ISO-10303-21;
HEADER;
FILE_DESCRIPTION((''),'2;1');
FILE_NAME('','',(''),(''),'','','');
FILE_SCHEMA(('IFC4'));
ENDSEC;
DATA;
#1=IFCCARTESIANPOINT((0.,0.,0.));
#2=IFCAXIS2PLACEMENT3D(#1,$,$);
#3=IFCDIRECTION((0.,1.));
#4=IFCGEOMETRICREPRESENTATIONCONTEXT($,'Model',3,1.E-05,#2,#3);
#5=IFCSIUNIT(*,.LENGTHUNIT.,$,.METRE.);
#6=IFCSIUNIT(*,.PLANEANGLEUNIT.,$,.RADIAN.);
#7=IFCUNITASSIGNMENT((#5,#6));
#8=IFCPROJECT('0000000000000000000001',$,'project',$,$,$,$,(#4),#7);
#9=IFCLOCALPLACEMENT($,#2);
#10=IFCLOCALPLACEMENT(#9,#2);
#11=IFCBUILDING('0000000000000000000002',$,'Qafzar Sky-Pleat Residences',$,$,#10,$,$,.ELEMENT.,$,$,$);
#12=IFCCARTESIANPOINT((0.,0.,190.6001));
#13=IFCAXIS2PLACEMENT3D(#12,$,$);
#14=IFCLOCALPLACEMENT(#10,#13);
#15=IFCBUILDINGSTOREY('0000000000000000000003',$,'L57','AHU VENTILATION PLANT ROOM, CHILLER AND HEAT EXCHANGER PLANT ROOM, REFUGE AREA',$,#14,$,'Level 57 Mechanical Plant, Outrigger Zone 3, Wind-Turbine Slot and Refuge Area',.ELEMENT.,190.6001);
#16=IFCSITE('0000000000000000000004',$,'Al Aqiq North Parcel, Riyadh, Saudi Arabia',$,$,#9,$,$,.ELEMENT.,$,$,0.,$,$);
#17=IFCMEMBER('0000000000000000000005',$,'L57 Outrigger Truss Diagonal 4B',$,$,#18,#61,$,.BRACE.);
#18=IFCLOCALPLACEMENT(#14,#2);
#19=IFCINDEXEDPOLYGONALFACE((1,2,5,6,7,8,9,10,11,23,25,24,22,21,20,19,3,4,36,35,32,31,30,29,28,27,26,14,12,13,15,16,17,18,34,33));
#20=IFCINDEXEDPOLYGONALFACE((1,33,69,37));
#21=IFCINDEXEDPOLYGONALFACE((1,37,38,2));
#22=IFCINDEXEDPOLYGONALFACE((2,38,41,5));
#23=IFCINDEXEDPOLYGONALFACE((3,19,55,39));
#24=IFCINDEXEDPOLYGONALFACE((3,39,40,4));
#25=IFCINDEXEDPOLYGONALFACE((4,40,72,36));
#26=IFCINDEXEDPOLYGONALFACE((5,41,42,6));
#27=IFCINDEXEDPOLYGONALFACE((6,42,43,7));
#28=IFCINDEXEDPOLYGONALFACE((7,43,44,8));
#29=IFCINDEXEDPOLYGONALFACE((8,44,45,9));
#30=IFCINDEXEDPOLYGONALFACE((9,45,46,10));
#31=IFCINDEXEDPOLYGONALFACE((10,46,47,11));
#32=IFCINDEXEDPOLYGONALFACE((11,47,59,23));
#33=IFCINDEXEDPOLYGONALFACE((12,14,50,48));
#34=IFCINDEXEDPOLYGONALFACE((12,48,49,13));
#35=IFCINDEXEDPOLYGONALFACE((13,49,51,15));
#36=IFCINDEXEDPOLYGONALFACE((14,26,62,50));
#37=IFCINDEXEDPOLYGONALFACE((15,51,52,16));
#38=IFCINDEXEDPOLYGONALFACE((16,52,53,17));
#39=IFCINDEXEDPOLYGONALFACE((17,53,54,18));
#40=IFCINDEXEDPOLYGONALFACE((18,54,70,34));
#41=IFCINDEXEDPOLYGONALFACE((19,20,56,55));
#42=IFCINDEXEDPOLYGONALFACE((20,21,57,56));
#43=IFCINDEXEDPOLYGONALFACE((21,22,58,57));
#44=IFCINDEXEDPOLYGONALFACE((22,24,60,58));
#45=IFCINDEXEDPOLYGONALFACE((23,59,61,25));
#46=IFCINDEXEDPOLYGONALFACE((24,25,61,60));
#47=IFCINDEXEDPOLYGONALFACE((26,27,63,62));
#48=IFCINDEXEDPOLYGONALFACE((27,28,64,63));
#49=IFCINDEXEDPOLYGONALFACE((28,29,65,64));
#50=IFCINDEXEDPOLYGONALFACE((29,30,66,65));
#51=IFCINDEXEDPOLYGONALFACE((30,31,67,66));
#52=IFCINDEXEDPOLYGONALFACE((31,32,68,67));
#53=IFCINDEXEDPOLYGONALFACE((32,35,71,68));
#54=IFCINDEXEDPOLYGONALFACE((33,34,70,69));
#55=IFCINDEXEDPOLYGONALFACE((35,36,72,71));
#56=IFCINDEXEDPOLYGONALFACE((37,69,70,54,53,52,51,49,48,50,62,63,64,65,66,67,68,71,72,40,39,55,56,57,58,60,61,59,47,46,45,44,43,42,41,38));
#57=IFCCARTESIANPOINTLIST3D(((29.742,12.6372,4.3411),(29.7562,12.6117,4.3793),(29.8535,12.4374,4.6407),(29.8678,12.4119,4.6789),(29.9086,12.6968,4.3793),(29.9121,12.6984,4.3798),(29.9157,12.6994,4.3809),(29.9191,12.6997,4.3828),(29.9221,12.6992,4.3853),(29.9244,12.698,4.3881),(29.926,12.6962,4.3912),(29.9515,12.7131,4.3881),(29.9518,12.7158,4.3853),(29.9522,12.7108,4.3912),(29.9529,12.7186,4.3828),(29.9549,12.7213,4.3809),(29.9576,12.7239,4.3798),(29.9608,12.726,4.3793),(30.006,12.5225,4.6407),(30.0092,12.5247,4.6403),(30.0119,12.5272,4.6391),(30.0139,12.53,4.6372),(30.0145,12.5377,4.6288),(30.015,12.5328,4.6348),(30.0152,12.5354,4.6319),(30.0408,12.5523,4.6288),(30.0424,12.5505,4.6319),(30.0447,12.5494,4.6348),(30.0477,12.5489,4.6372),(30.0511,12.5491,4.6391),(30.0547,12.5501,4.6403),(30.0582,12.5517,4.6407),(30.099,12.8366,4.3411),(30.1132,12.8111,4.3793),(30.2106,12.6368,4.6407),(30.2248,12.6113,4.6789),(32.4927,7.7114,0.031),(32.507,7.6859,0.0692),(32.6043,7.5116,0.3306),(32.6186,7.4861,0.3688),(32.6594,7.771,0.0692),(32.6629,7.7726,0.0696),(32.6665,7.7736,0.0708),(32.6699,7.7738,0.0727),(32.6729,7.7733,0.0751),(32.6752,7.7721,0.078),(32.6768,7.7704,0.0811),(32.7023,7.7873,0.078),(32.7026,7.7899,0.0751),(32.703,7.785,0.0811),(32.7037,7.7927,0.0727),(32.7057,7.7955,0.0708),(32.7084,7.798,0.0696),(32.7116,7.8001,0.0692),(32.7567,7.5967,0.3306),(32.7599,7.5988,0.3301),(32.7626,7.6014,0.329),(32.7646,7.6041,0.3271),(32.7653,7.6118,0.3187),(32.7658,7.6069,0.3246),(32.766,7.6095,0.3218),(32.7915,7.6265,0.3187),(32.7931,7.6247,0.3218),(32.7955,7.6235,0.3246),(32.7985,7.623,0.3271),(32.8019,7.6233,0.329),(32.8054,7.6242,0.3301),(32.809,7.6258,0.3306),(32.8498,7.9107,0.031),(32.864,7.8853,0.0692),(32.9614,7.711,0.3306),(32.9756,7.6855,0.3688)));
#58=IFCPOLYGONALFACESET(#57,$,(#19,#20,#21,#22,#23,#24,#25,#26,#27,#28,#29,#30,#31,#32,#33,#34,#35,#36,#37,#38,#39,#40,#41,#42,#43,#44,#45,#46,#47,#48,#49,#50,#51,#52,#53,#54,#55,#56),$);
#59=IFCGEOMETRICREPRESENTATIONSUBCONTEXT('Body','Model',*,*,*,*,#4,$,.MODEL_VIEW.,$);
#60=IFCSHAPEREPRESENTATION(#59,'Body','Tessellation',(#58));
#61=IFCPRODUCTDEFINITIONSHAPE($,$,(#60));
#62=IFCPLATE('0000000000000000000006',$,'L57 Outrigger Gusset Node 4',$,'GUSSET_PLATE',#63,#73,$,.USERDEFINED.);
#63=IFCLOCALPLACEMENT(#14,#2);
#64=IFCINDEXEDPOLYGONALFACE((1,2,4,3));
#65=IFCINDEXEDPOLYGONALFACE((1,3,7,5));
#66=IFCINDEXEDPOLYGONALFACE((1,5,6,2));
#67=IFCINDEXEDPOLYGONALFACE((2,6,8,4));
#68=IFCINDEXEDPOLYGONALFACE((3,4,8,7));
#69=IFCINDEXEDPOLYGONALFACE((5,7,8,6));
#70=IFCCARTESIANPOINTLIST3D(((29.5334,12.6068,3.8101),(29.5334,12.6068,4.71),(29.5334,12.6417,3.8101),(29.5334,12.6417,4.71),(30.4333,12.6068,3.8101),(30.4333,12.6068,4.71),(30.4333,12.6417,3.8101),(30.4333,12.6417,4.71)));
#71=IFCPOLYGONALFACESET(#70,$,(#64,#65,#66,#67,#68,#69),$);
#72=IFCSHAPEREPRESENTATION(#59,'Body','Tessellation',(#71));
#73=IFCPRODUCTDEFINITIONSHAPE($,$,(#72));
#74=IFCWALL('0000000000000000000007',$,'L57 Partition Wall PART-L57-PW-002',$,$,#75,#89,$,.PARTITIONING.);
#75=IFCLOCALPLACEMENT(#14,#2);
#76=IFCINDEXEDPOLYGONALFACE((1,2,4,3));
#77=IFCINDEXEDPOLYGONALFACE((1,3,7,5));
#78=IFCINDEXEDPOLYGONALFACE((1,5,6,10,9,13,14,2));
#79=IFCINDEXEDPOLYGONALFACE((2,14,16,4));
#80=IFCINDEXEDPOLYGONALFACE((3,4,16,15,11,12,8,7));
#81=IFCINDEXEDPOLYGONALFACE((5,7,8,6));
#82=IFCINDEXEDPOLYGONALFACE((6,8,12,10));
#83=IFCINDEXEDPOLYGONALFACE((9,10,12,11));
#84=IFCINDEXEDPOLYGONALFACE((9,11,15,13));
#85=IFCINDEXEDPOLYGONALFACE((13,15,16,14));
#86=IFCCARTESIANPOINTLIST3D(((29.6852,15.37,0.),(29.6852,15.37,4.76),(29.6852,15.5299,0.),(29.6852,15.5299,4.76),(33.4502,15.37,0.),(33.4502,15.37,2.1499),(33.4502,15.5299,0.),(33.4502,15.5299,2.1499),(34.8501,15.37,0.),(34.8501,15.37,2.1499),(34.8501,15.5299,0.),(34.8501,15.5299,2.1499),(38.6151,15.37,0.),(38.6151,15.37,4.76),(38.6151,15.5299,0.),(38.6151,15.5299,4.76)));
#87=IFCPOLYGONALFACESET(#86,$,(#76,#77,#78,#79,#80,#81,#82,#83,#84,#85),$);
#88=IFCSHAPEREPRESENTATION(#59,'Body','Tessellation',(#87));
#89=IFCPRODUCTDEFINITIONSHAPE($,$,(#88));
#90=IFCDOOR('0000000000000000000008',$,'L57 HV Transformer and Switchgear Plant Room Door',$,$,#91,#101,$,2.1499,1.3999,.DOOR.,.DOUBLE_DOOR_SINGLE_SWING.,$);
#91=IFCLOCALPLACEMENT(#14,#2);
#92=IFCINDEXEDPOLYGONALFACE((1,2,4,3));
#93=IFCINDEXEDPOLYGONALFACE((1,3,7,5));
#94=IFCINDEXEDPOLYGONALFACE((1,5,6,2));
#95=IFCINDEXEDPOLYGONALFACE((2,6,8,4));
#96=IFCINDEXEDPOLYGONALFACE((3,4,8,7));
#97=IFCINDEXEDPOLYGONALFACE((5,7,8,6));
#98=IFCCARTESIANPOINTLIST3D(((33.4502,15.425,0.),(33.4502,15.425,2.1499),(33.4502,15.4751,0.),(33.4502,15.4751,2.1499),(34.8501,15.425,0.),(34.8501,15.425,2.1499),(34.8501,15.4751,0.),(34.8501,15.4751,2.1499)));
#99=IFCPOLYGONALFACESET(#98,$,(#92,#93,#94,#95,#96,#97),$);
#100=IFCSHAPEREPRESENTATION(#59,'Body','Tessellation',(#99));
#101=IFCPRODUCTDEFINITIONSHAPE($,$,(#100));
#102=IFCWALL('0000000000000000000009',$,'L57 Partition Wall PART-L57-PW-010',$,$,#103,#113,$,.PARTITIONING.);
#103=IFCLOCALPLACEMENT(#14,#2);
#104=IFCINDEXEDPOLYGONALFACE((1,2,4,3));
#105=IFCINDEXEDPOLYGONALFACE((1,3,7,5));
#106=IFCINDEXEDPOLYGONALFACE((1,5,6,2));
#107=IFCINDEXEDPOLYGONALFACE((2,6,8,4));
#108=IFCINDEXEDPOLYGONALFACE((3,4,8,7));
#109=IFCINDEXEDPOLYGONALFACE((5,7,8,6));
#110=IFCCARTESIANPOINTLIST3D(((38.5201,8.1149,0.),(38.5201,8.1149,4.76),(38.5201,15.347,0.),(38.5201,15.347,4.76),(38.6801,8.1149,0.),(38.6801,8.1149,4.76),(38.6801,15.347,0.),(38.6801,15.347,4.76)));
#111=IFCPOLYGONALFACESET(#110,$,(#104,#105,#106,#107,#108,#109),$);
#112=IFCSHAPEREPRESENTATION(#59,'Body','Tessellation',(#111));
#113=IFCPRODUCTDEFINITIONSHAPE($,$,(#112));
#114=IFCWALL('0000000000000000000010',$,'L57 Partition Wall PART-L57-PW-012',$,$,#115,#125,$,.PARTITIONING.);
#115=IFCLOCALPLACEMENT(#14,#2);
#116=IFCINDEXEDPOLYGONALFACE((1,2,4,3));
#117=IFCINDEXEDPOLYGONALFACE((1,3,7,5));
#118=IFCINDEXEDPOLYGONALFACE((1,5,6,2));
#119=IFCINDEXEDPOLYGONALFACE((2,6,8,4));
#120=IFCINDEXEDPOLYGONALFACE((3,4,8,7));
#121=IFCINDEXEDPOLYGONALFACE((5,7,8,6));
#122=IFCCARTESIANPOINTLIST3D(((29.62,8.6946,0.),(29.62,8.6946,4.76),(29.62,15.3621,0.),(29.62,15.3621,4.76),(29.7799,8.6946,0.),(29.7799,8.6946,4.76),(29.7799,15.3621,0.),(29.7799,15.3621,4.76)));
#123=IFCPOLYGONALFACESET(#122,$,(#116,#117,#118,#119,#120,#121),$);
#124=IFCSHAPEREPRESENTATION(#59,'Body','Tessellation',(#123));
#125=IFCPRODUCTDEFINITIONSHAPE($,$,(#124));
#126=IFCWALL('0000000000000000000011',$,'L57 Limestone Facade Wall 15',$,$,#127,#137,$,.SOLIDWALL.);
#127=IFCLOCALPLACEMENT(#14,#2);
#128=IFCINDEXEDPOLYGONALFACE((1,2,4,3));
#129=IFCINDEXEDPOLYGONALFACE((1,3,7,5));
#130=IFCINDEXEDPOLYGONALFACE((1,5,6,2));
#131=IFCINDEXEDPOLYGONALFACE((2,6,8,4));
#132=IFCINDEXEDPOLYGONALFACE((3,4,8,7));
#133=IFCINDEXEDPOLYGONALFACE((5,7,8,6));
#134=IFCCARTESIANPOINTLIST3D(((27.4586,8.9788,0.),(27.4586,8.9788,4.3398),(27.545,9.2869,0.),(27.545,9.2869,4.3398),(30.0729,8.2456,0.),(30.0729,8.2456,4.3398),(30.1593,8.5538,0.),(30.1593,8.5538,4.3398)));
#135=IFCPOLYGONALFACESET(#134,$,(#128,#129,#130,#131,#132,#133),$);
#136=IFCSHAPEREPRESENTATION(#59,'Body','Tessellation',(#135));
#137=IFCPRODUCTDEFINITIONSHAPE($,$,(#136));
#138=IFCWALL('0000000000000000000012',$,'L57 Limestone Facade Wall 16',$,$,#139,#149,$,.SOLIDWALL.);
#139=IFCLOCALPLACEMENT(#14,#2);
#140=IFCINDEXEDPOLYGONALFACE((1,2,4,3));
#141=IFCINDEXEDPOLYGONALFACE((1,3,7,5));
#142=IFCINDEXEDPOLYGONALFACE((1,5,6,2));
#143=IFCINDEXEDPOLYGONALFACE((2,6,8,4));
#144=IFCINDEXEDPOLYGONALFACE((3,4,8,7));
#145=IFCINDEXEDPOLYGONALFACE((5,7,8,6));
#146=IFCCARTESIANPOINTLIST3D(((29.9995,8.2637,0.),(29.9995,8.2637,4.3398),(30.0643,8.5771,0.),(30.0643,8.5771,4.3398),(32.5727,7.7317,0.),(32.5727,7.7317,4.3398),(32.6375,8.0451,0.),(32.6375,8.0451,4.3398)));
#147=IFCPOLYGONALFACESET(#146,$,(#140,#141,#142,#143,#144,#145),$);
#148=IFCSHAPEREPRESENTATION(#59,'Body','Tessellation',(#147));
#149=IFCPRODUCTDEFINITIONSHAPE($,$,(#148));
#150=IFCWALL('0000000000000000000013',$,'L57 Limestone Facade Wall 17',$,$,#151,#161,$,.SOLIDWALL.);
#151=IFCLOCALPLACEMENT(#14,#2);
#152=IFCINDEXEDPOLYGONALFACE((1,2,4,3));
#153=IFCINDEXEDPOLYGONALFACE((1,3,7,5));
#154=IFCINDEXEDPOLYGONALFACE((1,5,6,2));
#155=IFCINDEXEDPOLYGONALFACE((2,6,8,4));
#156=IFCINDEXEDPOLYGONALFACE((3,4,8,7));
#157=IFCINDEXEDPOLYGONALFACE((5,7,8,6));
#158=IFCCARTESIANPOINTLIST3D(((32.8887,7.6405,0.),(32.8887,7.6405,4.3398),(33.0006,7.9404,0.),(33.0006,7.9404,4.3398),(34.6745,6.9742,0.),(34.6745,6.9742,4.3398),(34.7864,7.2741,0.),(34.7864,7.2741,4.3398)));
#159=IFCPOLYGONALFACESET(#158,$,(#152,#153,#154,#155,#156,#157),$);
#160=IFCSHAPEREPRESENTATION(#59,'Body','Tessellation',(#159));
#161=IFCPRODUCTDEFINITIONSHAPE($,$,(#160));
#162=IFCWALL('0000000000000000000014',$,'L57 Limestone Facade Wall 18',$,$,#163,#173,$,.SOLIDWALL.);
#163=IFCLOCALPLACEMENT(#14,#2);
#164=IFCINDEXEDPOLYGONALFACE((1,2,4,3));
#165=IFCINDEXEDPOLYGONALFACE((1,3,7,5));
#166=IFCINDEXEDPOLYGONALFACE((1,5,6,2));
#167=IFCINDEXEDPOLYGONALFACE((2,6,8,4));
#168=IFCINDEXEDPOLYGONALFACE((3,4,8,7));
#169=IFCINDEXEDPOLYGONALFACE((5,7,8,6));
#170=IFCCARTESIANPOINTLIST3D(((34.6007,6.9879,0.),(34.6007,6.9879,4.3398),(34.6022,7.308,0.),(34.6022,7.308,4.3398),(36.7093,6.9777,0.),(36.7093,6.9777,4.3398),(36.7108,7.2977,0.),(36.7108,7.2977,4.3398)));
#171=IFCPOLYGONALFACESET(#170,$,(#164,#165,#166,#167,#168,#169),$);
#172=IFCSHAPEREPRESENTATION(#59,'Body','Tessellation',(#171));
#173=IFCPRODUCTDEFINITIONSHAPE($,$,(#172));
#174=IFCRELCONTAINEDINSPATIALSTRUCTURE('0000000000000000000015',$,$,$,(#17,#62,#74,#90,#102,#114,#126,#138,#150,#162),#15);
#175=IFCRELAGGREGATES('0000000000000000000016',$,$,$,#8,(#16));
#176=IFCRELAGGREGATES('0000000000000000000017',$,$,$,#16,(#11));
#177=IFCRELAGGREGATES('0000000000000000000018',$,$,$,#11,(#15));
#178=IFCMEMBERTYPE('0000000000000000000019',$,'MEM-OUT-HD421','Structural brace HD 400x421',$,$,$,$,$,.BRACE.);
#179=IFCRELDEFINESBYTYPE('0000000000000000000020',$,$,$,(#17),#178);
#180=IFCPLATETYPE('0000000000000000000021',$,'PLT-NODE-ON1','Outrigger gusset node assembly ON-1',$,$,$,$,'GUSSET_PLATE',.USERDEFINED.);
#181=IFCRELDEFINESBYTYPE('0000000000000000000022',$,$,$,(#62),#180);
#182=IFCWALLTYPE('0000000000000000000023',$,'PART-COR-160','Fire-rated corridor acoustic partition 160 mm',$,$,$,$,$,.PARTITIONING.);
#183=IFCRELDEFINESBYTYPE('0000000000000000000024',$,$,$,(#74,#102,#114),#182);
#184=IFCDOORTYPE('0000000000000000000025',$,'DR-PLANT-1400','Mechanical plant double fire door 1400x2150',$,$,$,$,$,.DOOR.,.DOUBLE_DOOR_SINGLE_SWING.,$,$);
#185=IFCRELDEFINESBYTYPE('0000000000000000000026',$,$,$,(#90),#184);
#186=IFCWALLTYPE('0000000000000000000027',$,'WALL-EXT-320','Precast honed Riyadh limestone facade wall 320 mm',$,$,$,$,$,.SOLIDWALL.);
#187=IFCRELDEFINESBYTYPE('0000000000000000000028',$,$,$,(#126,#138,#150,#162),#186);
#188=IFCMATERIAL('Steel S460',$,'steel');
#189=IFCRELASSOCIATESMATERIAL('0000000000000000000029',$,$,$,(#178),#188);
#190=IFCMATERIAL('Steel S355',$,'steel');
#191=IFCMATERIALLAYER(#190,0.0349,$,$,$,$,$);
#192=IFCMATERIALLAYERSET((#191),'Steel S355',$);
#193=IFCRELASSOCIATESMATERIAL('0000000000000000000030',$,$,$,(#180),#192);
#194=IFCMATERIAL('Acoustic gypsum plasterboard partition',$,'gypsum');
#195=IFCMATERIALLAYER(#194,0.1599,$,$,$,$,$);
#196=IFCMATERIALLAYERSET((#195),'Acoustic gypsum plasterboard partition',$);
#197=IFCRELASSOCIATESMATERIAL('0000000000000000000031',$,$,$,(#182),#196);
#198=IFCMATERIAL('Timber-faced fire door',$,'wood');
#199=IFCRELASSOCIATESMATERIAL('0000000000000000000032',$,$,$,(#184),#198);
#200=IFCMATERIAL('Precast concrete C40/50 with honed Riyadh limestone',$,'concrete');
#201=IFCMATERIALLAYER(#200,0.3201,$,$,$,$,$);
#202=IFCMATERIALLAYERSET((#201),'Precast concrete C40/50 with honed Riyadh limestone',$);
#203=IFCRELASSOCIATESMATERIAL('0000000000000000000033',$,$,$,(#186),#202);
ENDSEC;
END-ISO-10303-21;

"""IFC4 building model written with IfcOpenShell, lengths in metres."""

from ifc_helpers import new_model, si_unit, direction, frame, frame_2d, origin, origin_2d, place, context, subcontext, project, spatial, rectangle, i_section, extrude, source, transform, mapped, material, layer, layer_set, material_profile, profile_set, type_object, element, fill, save


model = new_model("IFC4")

# Units and contexts
model_context = context("Model", 3, precision=1e-05, world=origin(), true_north=direction((0.0, 1.0)))
body_context = subcontext(model_context, "Body", "Model", "MODEL_VIEW")
ifc_project = project(units=[si_unit("LENGTHUNIT", "METRE"), si_unit("PLANEANGLEUNIT", "RADIAN")], contexts=[model_context])

# Site, building, storey
site_placement = place(None, origin())
site = spatial("IfcSite", under=ifc_project, at=site_placement, Name="Al Aqiq North Parcel, Riyadh, Saudi Arabia", CompositionType="ELEMENT", RefElevation=0.0)
building_placement = place(site_placement, origin())
building = spatial("IfcBuilding", under=site, at=building_placement, Name="Qafzar Sky-Pleat Residences", CompositionType="ELEMENT")
storey_placement = place(building_placement, frame((0.0, 0.0, 190.6001)))
storey = spatial("IfcBuildingStorey", under=building, at=storey_placement, Name="L57", Description="AHU VENTILATION PLANT ROOM, CHILLER AND HEAT EXCHANGER PLANT ROOM, REFUGE AREA", LongName="Level 57 Mechanical Plant, Outrigger Zone 3, Wind-Turbine Slot and Refuge Area", CompositionType="ELEMENT", Elevation=190.6001)

# Shared definitions
ifc_material_1 = material(Name="Steel S355", Category="steel")

# Shared definitions
ifc_material_2 = material(Name="Steel S460", Category="steel")

# Member
ifc_material_profile_1 = material_profile(ifc_material_2, i_section(OverallWidth=0.4089, OverallDepth=0.425, WebThickness=0.03, FlangeThickness=0.0481, FilletRadius=0.0149, at=origin_2d()), Name="HD 400x421")
ifc_profile_set_1 = profile_set([ifc_material_profile_1], Name="Steel S460")
member_type_1 = type_object("IfcMemberType", Name="MEM-OUT-HD421", Description="Structural brace HD 400x421", PredefinedType="BRACE", material=ifc_profile_set_1)
shared_shape_1 = source(origin(), body_context, "Body", "SweptSolid", [
    extrude(i_section(OverallWidth=0.4089, OverallDepth=0.425, WebThickness=0.03, FlangeThickness=0.0481, FilletRadius=0.0149, at=origin_2d()), origin(), (0.0, 0.0, 1.0), 7.0999),
])
member_placement = place(storey_placement, frame((29.9834, 12.6243, 4.51), z_axis=(0.387441, -0.693796, -0.607072), x_axis=(0.873088, 0.487563, 0.0)))
element("IfcMember", 1, at=member_placement, inside=storey, type_object=member_type_1, Name="L57 Outrigger Truss Diagonal 4B", PredefinedType="BRACE", context=body_context, shape_type="MappedRepresentation", body=[
    mapped(shared_shape_1, transform((0.0, 0.0, 0.0), x_axis=(1.0, 0.0, 0.0), y_axis=(0.0, 1.0, 0.0), z_axis=(0.0, 0.0, 1.0), scale=1.0)),
])

# Plate
ifc_layer_1 = layer(ifc_material_1, 0.0349)
ifc_layer_set_1 = layer_set([ifc_layer_1], Name="Steel S355")
plate_type = type_object("IfcPlateType", Name="PLT-NODE-ON1", Description="Outrigger gusset node assembly ON-1", ElementType="GUSSET_PLATE", PredefinedType="USERDEFINED", material=ifc_layer_set_1)
shared_shape_2 = source(origin(), body_context, "Body", "SweptSolid", [
    extrude(rectangle(XDim=0.8999, YDim=0.0349, at=origin_2d()), origin(), (0.0, 0.0, 1.0), 0.8999),
])
plate_placement = place(storey_placement, frame((29.9834, 12.6243, 3.8101), z_axis=(0.0, 0.0, 1.0), x_axis=(1.0, 0.0, 0.0)))
element("IfcPlate", 2, at=plate_placement, inside=storey, type_object=plate_type, Name="L57 Outrigger Gusset Node 4", ObjectType="GUSSET_PLATE", PredefinedType="USERDEFINED", context=body_context, shape_type="MappedRepresentation", body=[
    mapped(shared_shape_2, transform((0.0, 0.0, 0.0), x_axis=(1.0, 0.0, 0.0), y_axis=(0.0, 1.0, 0.0), z_axis=(0.0, 0.0, 1.0), scale=1.0)),
])

# Wall, opening, door
ifc_material_3 = material(Name="Acoustic gypsum plasterboard partition", Category="gypsum")
ifc_layer_2 = layer(ifc_material_3, 0.1599)
ifc_layer_set_2 = layer_set([ifc_layer_2], Name="Acoustic gypsum plasterboard partition")
wall_type_1 = type_object("IfcWallType", Name="PART-COR-160", Description="Fire-rated corridor acoustic partition 160 mm", PredefinedType="PARTITIONING", material=ifc_layer_set_2)
wall_1_placement = place(storey_placement, frame((38.615, 15.45, 0.0), z_axis=(0.0, 0.0, 1.0), x_axis=(-1.0, 0.0, 0.0)))
wall_1 = element("IfcWall", 3, at=wall_1_placement, inside=storey, type_object=wall_type_1, Name="L57 Partition Wall PART-L57-PW-002", PredefinedType="PARTITIONING", context=body_context, shape_type="SweptSolid", body=[
    extrude(rectangle(XDim=8.9299, YDim=0.1599, at=frame_2d((4.4648, 0.0))), origin(), (0.0, 0.0, 1.0), 4.76),
])
opening_placement = place(wall_1_placement, frame((3.7649, 0.0, 0.0)))
opening = element("IfcOpeningElement", 4, at=opening_placement, cuts=wall_1, PredefinedType="OPENING", context=body_context, shape_type="SweptSolid", body=[
    extrude(rectangle(XDim=1.3999, YDim=2.1499, at=frame_2d((0.7, 1.075))), frame((0.0, 0.0898, 0.0), z_axis=(0.0, -1.0, 0.0), x_axis=(1.0, 0.0, 0.0)), (0.0, 0.0, 1.0), 0.1799),
])
ifc_material_4 = material(Name="Timber-faced fire door", Category="wood")
door_type = type_object("IfcDoorType", Name="DR-PLANT-1400", Description="Mechanical plant double fire door 1400x2150", OperationType="DOUBLE_DOOR_SINGLE_SWING", PredefinedType="DOOR", material=ifc_material_4)
shared_shape_3 = source(origin(), body_context, "Body", "SweptSolid", [
    extrude(rectangle(XDim=1.3999, YDim=2.1499, at=frame_2d((0.7, 1.075))), frame((0.0, 0.0249, 0.0), z_axis=(0.0, -1.0, 0.0), x_axis=(1.0, 0.0, 0.0)), (0.0, 0.0, 1.0), 0.05),
])
door_placement = place(opening_placement, origin())
door = element("IfcDoor", 5, at=door_placement, inside=storey, type_object=door_type, Name="L57 HV Transformer and Switchgear Plant Room Door", OperationType="DOUBLE_DOOR_SINGLE_SWING", OverallHeight=2.1499, OverallWidth=1.3999, PredefinedType="DOOR", context=body_context, shape_type="MappedRepresentation", body=[
    mapped(shared_shape_3, transform((0.0, 0.0, 0.0), x_axis=(1.0, 0.0, 0.0), y_axis=(0.0, 1.0, 0.0), z_axis=(0.0, 0.0, 1.0), scale=1.0)),
])
fill(opening, door)

# Walls
wall_2_placement = place(storey_placement, frame((38.6001, 8.1147, 0.0), z_axis=(0.0, 0.0, 1.0), x_axis=(0.0, 1.0, 0.0)))
element("IfcWall", 6, at=wall_2_placement, inside=storey, type_object=wall_type_1, Name="L57 Partition Wall PART-L57-PW-010", PredefinedType="PARTITIONING", context=body_context, shape_type="SweptSolid", body=[
    extrude(rectangle(XDim=7.2322, YDim=0.1599, at=frame_2d((3.6162, 0.0))), origin(), (0.0, 0.0, 1.0), 4.76),
])
wall_3_placement = place(storey_placement, frame((29.7, 8.6946, 0.0), z_axis=(0.0, 0.0, 1.0), x_axis=(0.0, 1.0, 0.0)))
element("IfcWall", 7, at=wall_3_placement, inside=storey, type_object=wall_type_1, Name="L57 Partition Wall PART-L57-PW-012", PredefinedType="PARTITIONING", context=body_context, shape_type="SweptSolid", body=[
    extrude(rectangle(XDim=6.6675, YDim=0.1599, at=frame_2d((3.3337, 0.0))), origin(), (0.0, 0.0, 1.0), 4.76),
])
ifc_material_5 = material(Name="Precast concrete C40/50 with honed Riyadh limestone", Category="concrete")
ifc_layer_3 = layer(ifc_material_5, 0.3201)
ifc_layer_set_3 = layer_set([ifc_layer_3], Name="Precast concrete C40/50 with honed Riyadh limestone")
wall_type_2 = type_object("IfcWallType", Name="WALL-EXT-320", Description="Precast honed Riyadh limestone facade wall 320 mm", PredefinedType="SOLIDWALL", material=ifc_layer_set_3)
wall_4_placement = place(storey_placement, frame((27.502, 9.1328, 0.0), z_axis=(0.0, 0.0, 1.0), x_axis=(0.962853, -0.270027, 0.0)))
element("IfcWall", 8, at=wall_4_placement, inside=storey, type_object=wall_type_2, Name="L57 Limestone Facade Wall 15", PredefinedType="SOLIDWALL", context=body_context, shape_type="SweptSolid", body=[
    extrude(rectangle(XDim=2.7151, YDim=0.3201, at=frame_2d((1.3574, 0.0))), origin(), (0.0, 0.0, 1.0), 4.3398),
])
wall_5_placement = place(storey_placement, frame((30.0317, 8.4204, 0.0), z_axis=(0.0, 0.0, 1.0), x_axis=(0.979292, -0.202455, 0.0)))
element("IfcWall", 9, at=wall_5_placement, inside=storey, type_object=wall_type_2, Name="L57 Limestone Facade Wall 16", PredefinedType="SOLIDWALL", context=body_context, shape_type="SweptSolid", body=[
    extrude(rectangle(XDim=2.6277, YDim=0.3201, at=frame_2d((1.314, 0.0))), origin(), (0.0, 0.0, 1.0), 4.3398),
])
wall_6_placement = place(storey_placement, frame((32.9446, 7.7905, 0.0), z_axis=(0.0, 0.0, 1.0), x_axis=(0.936907, -0.349579, 0.0)))
element("IfcWall", 10, at=wall_6_placement, inside=storey, type_object=wall_type_2, Name="L57 Limestone Facade Wall 17", PredefinedType="SOLIDWALL", context=body_context, shape_type="SweptSolid", body=[
    extrude(rectangle(XDim=1.906, YDim=0.3201, at=frame_2d((0.9531, 0.0))), origin(), (0.0, 0.0, 1.0), 4.3398),
])
for number, where, z_axis, x_axis, name in (
    (11, (34.6016, 7.1479, 0.0), (0.0, 0.0, 1.0), (0.999988, -0.004863, 0.0), "L57 Limestone Facade Wall 18"),
):
    element("IfcWall", number, at=place(storey_placement, frame(where, z_axis=z_axis, x_axis=x_axis)), inside=storey, type_object=wall_type_2, Name=name, PredefinedType="SOLIDWALL", context=body_context, shape_type="SweptSolid", body=[
        extrude(rectangle(XDim=2.1086, YDim=0.3201, at=frame_2d((1.0542, 0.0))), origin(), (0.0, 0.0, 1.0), 4.3398),
    ])

save(model, "model.ifc")
